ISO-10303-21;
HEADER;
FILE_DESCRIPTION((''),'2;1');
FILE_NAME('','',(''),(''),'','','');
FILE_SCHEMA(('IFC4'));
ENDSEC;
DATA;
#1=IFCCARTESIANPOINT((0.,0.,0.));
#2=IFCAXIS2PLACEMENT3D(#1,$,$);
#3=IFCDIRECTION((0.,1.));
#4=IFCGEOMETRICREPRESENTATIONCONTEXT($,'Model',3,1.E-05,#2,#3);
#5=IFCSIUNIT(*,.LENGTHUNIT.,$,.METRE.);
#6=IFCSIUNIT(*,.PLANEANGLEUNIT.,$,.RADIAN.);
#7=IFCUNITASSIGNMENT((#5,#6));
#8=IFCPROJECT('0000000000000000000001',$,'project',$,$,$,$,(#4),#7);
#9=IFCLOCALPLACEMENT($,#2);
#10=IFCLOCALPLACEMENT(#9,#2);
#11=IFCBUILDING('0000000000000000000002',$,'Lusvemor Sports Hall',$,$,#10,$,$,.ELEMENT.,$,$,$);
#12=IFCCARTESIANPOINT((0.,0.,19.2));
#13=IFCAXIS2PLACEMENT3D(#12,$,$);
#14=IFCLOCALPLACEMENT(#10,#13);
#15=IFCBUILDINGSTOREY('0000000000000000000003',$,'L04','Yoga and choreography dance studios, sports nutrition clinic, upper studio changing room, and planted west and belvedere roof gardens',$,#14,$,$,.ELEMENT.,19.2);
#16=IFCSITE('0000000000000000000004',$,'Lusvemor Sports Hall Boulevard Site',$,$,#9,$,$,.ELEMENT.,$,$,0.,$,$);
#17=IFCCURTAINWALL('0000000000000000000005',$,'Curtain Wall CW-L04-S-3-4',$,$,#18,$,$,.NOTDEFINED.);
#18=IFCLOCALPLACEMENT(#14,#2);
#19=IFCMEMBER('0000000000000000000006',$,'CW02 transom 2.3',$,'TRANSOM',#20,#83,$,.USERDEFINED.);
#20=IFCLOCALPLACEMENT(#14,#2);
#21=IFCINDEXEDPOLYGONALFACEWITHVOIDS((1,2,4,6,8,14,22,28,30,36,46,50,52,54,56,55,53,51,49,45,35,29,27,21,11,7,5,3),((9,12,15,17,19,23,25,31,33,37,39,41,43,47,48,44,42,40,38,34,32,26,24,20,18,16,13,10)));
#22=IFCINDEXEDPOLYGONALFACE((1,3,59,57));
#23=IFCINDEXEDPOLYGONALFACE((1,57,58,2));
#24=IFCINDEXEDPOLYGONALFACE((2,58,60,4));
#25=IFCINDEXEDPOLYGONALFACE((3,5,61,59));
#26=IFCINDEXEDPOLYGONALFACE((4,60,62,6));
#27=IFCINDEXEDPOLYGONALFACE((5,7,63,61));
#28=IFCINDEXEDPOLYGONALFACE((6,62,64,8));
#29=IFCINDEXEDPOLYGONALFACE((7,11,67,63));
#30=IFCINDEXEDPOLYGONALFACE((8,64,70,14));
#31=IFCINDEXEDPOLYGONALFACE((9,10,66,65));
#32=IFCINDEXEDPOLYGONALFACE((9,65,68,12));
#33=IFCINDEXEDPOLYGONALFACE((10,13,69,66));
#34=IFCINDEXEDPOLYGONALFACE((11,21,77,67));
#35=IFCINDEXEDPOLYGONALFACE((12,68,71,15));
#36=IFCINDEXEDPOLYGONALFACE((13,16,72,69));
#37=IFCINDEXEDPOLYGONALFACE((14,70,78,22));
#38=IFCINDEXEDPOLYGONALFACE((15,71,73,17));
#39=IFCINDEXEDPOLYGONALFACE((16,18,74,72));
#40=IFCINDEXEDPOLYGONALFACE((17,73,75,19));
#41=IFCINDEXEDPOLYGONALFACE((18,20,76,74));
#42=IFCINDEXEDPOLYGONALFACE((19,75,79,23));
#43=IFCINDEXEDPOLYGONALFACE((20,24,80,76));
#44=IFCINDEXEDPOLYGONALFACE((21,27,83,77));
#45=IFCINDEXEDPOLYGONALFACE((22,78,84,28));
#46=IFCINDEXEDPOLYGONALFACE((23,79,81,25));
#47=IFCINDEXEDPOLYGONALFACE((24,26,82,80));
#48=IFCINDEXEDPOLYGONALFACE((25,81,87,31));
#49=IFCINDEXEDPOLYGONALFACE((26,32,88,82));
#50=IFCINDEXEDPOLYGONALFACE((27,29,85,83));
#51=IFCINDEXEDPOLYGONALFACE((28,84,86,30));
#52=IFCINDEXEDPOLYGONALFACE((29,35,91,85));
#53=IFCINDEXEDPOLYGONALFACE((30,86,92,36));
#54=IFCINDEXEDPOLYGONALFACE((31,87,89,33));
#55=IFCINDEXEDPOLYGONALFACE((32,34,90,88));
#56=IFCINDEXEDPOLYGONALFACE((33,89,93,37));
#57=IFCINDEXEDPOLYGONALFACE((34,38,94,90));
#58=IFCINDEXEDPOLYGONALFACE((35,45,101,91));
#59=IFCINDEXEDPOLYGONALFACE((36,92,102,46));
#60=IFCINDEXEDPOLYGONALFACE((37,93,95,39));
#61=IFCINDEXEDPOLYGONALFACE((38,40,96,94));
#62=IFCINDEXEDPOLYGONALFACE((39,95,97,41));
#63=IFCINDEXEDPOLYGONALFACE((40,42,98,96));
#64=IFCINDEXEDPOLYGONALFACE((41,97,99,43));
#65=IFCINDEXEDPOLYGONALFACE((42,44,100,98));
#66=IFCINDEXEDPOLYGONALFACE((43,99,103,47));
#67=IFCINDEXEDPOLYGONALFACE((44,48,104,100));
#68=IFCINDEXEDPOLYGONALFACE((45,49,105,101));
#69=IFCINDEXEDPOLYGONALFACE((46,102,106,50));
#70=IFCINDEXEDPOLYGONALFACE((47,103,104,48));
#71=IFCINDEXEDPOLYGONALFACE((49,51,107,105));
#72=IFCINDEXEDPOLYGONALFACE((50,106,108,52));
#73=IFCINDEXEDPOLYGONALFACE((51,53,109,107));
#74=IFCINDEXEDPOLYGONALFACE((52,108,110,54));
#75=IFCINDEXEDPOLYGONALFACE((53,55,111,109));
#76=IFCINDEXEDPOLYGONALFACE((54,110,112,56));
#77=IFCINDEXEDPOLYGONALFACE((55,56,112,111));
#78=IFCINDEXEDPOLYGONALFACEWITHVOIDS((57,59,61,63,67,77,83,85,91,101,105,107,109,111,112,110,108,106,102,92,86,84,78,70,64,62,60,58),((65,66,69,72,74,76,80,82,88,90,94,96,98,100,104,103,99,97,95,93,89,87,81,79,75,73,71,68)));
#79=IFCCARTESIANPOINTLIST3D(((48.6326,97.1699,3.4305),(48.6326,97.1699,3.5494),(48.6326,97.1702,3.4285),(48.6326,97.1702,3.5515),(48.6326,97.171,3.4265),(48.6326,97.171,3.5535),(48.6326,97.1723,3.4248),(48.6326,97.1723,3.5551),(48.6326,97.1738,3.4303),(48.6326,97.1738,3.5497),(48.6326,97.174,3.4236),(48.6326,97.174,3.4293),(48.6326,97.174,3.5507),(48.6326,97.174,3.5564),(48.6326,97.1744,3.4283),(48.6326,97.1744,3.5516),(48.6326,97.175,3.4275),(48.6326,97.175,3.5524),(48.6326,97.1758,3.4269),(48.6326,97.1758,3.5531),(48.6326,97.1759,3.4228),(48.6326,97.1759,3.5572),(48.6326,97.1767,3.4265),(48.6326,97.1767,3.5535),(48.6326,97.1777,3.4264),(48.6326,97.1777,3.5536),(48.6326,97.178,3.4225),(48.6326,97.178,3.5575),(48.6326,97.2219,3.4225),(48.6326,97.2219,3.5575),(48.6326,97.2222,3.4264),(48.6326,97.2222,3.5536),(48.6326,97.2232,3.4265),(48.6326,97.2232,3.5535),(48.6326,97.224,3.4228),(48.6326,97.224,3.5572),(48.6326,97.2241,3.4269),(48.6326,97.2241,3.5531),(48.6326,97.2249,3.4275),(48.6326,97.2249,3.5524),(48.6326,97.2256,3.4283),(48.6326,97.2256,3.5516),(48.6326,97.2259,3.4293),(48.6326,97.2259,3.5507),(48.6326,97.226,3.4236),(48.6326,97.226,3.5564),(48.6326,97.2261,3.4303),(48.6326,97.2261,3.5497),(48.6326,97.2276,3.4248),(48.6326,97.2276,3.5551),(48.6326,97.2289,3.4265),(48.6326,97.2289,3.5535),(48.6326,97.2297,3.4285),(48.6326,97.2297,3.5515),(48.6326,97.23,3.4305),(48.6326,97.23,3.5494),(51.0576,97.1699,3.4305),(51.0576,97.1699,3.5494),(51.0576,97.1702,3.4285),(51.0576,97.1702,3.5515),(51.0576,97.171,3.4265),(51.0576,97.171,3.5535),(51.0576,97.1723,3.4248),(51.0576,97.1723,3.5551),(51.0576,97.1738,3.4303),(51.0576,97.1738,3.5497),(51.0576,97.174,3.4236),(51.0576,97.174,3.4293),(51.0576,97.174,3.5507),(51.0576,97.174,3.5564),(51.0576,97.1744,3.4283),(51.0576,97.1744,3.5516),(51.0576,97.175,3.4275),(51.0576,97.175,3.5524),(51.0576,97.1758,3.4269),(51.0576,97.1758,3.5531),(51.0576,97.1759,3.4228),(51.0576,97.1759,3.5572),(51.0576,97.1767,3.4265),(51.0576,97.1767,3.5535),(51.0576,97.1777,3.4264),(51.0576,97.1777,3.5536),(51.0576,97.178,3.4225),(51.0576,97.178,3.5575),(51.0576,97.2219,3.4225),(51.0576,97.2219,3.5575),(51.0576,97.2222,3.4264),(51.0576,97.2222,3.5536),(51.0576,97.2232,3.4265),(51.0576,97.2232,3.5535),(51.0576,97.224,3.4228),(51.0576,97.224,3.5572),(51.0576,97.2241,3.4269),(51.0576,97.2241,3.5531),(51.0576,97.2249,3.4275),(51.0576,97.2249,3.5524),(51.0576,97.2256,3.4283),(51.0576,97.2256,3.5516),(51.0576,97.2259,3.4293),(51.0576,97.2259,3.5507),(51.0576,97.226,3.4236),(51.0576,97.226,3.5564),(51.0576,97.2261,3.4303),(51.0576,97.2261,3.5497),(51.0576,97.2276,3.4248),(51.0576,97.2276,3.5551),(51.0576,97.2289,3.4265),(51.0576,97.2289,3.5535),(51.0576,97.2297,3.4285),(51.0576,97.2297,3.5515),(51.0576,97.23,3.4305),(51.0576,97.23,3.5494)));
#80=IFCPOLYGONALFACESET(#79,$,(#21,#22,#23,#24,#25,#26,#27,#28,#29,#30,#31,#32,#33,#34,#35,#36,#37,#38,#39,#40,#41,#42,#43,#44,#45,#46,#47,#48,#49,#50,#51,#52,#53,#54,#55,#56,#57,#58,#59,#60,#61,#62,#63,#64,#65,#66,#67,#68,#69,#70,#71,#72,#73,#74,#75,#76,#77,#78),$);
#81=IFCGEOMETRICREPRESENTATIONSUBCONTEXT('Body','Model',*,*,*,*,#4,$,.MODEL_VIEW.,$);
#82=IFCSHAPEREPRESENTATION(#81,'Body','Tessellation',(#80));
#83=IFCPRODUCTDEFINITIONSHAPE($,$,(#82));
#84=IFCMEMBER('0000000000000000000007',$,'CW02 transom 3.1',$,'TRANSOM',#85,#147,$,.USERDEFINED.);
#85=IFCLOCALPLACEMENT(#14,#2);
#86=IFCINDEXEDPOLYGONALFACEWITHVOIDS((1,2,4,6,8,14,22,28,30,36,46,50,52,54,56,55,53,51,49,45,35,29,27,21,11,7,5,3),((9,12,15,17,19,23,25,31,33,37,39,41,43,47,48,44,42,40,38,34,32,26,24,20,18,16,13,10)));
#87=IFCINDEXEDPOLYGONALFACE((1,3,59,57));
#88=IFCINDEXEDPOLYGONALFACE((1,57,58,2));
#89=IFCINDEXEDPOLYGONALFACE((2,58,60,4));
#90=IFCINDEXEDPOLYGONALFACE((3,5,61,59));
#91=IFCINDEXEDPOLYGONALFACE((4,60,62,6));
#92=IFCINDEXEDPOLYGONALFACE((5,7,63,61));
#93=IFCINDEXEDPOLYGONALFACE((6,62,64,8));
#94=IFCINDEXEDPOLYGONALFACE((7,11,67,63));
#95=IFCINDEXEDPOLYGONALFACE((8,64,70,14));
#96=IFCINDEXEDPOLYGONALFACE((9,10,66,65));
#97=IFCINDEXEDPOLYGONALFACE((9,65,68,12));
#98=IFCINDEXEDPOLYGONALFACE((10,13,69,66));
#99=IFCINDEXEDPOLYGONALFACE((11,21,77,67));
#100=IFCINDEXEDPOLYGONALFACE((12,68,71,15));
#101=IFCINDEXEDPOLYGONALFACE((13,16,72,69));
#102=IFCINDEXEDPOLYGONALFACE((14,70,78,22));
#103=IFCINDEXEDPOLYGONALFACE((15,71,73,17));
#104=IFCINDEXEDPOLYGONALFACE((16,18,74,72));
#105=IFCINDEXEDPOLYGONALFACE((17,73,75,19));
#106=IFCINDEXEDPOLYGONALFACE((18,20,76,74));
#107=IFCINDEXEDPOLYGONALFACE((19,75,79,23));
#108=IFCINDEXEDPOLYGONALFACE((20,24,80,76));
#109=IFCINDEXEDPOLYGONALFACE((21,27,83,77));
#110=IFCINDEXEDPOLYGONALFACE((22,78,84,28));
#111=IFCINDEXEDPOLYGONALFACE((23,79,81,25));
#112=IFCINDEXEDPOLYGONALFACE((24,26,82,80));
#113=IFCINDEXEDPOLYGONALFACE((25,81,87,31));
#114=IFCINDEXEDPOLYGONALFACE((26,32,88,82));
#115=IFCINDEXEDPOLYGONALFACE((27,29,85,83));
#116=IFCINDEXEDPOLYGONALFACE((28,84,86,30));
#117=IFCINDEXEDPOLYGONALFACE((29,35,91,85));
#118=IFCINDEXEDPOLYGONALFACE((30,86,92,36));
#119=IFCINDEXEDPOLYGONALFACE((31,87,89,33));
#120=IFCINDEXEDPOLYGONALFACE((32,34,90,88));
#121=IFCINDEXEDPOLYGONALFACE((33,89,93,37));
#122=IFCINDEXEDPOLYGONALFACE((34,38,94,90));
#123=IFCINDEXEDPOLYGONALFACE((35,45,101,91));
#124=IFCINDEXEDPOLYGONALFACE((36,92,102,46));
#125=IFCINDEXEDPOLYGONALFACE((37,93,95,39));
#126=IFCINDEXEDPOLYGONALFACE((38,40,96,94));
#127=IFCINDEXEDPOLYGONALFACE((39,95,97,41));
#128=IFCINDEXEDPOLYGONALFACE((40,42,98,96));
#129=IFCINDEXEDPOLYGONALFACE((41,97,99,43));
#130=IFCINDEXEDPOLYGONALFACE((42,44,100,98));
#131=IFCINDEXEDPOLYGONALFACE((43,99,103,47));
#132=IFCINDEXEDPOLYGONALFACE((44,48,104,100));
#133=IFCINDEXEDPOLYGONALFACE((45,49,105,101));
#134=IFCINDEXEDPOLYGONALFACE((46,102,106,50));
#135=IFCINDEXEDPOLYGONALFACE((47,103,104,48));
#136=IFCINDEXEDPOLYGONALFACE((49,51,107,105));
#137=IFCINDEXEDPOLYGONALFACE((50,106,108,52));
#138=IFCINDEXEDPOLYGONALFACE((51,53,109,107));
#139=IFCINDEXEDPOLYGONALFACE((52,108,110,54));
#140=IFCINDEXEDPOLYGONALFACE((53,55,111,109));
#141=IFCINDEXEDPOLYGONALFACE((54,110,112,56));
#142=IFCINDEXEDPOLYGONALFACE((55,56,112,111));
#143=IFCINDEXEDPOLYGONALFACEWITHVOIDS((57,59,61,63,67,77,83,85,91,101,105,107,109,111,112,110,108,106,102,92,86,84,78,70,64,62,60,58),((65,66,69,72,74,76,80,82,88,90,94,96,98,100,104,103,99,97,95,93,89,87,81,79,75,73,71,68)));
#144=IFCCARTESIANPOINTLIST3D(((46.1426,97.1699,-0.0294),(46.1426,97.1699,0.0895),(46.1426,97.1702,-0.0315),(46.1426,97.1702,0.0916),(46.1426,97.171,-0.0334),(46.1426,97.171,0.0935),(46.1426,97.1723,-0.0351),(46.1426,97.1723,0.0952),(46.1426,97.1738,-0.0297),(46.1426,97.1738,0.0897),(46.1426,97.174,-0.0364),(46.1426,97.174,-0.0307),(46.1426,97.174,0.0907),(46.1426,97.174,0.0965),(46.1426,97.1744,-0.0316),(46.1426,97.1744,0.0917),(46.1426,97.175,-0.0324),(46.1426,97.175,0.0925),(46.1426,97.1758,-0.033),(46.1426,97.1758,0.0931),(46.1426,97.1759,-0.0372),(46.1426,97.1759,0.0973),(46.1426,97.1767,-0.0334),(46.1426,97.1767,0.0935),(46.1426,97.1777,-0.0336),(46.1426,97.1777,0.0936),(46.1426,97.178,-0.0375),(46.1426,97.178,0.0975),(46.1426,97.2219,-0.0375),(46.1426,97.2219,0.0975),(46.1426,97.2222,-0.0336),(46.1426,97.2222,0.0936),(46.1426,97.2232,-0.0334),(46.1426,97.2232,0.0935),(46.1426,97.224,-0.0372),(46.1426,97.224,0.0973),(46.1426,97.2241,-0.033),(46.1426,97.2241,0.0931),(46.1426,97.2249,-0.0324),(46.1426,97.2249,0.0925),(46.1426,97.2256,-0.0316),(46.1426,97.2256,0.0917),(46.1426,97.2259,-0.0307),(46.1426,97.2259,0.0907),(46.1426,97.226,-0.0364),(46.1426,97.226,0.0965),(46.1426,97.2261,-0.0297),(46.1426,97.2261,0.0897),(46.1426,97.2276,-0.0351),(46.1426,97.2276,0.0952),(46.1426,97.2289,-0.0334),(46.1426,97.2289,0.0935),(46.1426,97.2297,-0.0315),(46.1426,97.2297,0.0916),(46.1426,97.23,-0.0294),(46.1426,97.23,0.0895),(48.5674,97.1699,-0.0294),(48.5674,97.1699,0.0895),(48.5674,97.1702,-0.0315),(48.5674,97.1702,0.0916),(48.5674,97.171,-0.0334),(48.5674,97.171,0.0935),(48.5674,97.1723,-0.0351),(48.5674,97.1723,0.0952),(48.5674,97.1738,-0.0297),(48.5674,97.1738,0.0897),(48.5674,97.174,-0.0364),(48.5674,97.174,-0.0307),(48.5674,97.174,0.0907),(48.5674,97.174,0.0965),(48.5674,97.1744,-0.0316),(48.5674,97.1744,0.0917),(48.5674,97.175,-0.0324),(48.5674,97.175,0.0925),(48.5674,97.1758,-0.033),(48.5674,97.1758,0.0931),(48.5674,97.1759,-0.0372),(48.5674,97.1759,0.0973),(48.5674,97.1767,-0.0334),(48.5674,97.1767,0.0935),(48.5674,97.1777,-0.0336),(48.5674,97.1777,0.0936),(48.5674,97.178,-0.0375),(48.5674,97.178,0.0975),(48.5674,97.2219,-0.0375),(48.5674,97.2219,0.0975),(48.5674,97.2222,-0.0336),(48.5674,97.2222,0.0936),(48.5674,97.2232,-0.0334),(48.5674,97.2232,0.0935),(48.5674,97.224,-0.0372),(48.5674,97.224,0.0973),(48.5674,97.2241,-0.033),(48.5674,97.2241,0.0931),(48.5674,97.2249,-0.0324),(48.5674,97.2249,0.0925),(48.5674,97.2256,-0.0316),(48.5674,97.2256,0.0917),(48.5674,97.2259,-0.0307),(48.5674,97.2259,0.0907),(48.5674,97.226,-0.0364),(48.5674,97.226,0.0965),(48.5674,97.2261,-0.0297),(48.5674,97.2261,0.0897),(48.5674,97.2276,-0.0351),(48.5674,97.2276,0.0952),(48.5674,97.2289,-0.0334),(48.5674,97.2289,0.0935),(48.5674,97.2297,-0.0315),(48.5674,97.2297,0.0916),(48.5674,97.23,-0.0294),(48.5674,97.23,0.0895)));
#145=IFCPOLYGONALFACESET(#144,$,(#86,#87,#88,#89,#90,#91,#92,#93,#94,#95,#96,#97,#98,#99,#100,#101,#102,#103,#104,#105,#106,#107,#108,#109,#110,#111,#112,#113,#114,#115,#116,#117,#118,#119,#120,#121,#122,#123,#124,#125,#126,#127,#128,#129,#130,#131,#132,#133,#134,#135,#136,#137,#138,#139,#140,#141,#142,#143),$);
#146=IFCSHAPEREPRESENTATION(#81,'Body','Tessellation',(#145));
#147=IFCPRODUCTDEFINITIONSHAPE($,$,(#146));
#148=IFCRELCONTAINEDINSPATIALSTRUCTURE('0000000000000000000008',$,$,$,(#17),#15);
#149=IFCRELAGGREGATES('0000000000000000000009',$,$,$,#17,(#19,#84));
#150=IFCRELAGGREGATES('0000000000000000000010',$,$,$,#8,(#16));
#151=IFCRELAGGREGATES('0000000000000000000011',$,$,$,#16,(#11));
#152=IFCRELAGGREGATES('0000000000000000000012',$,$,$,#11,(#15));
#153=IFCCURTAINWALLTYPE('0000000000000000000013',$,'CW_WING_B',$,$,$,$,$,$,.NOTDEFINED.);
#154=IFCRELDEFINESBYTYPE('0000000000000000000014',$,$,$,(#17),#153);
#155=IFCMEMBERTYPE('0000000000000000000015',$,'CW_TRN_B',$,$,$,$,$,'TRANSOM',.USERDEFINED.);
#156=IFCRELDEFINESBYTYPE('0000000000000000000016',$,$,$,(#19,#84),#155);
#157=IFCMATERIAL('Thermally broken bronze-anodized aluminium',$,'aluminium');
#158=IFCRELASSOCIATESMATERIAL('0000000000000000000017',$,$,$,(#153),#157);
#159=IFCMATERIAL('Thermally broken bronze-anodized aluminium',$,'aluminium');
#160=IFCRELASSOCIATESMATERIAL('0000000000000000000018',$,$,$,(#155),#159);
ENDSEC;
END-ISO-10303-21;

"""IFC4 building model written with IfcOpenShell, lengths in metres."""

from ifc_helpers import new_model, si_unit, direction, frame, origin, origin_2d, place, context, subcontext, project, spatial, hollow_rectangle, extrude, material, material_profile, profile_set, type_object, element, aggregate, save


model = new_model("IFC4")

# Units and contexts
model_context = context("Model", 3, precision=1e-05, world=origin(), true_north=direction((0.0, 1.0)))
body_context = subcontext(model_context, "Body", "Model", "MODEL_VIEW")
ifc_project = project(units=[si_unit("LENGTHUNIT", "METRE"), si_unit("PLANEANGLEUNIT", "RADIAN")], contexts=[model_context])

# Site, building, storey
site_placement = place(None, origin())
site = spatial("IfcSite", under=ifc_project, at=site_placement, Name="Lusvemor Sports Hall Boulevard Site", CompositionType="ELEMENT", RefElevation=0.0)
building_placement = place(site_placement, origin())
building = spatial("IfcBuilding", under=site, at=building_placement, Name="Lusvemor Sports Hall", CompositionType="ELEMENT")
storey_placement = place(building_placement, frame((0.0, 0.0, 19.2)))
storey = spatial("IfcBuildingStorey", under=building, at=storey_placement, Name="L04", Description="Yoga and choreography dance studios, sports nutrition clinic, upper studio changing room, and planted west and belvedere roof gardens", CompositionType="ELEMENT", Elevation=19.2)

# Shared definitions
ifc_material_1 = material(Name="Thermally broken bronze-anodized aluminium", Category="aluminium")
curtain_wall_type = type_object("IfcCurtainWallType", Name="CW_WING_B", PredefinedType="NOTDEFINED", material=ifc_material_1)

# Curtain wall
curtain_wall_1_placement = place(storey_placement, origin())
curtain_wall_1 = element("IfcCurtainWall", 1, at=curtain_wall_1_placement, inside=storey, type_object=curtain_wall_type, Name="Curtain Wall CW-L04-S-3-4", PredefinedType="NOTDEFINED")

# Members
ifc_material_2 = material(Name="Thermally broken bronze-anodized aluminium", Category="aluminium")
ifc_material_profile_1 = material_profile(ifc_material_2, hollow_rectangle(XDim=0.0601, YDim=0.135, WallThickness=0.0039, InnerFilletRadius=0.0039, OuterFilletRadius=0.0081, at=origin_2d()), Name="CWTRN135x60x4")
ifc_profile_set_1 = profile_set([ifc_material_profile_1], Name="Thermally broken bronze-anodized aluminium")
member_type_1 = type_object("IfcMemberType", Name="CW_TRN_B", ElementType="TRANSOM", PredefinedType="USERDEFINED", material=ifc_profile_set_1)
member_1_placement = place(storey_placement, frame((51.0576, 97.2, 3.49), z_axis=(-1.0, 0.0, 0.0), x_axis=(0.0, -1.0, 0.0)))
member_1 = element("IfcMember", 2, at=member_1_placement, type_object=member_type_1, Name="CW02 transom 2.3", ObjectType="TRANSOM", PredefinedType="USERDEFINED", context=body_context, shape_type="SweptSolid", body=[
    extrude(hollow_rectangle(XDim=0.0601, YDim=0.135, WallThickness=0.0039, InnerFilletRadius=0.0039, OuterFilletRadius=0.0081, at=origin_2d()), origin(), (0.0, 0.0, 1.0), 2.425),
])
member_2_placement = place(storey_placement, frame((48.5674, 97.2, 0.03), z_axis=(-1.0, 0.0, 0.0), x_axis=(0.0, -1.0, 0.0)))
member_2 = element("IfcMember", 3, at=member_2_placement, type_object=member_type_1, Name="CW02 transom 3.1", ObjectType="TRANSOM", PredefinedType="USERDEFINED", context=body_context, shape_type="SweptSolid", body=[
    extrude(hollow_rectangle(XDim=0.0601, YDim=0.135, WallThickness=0.0039, InnerFilletRadius=0.0039, OuterFilletRadius=0.0081, at=origin_2d()), origin(), (0.0, 0.0, 1.0), 2.4248),
])

aggregate(curtain_wall_1, [member_1, member_2])

save(model, "model.ifc")
